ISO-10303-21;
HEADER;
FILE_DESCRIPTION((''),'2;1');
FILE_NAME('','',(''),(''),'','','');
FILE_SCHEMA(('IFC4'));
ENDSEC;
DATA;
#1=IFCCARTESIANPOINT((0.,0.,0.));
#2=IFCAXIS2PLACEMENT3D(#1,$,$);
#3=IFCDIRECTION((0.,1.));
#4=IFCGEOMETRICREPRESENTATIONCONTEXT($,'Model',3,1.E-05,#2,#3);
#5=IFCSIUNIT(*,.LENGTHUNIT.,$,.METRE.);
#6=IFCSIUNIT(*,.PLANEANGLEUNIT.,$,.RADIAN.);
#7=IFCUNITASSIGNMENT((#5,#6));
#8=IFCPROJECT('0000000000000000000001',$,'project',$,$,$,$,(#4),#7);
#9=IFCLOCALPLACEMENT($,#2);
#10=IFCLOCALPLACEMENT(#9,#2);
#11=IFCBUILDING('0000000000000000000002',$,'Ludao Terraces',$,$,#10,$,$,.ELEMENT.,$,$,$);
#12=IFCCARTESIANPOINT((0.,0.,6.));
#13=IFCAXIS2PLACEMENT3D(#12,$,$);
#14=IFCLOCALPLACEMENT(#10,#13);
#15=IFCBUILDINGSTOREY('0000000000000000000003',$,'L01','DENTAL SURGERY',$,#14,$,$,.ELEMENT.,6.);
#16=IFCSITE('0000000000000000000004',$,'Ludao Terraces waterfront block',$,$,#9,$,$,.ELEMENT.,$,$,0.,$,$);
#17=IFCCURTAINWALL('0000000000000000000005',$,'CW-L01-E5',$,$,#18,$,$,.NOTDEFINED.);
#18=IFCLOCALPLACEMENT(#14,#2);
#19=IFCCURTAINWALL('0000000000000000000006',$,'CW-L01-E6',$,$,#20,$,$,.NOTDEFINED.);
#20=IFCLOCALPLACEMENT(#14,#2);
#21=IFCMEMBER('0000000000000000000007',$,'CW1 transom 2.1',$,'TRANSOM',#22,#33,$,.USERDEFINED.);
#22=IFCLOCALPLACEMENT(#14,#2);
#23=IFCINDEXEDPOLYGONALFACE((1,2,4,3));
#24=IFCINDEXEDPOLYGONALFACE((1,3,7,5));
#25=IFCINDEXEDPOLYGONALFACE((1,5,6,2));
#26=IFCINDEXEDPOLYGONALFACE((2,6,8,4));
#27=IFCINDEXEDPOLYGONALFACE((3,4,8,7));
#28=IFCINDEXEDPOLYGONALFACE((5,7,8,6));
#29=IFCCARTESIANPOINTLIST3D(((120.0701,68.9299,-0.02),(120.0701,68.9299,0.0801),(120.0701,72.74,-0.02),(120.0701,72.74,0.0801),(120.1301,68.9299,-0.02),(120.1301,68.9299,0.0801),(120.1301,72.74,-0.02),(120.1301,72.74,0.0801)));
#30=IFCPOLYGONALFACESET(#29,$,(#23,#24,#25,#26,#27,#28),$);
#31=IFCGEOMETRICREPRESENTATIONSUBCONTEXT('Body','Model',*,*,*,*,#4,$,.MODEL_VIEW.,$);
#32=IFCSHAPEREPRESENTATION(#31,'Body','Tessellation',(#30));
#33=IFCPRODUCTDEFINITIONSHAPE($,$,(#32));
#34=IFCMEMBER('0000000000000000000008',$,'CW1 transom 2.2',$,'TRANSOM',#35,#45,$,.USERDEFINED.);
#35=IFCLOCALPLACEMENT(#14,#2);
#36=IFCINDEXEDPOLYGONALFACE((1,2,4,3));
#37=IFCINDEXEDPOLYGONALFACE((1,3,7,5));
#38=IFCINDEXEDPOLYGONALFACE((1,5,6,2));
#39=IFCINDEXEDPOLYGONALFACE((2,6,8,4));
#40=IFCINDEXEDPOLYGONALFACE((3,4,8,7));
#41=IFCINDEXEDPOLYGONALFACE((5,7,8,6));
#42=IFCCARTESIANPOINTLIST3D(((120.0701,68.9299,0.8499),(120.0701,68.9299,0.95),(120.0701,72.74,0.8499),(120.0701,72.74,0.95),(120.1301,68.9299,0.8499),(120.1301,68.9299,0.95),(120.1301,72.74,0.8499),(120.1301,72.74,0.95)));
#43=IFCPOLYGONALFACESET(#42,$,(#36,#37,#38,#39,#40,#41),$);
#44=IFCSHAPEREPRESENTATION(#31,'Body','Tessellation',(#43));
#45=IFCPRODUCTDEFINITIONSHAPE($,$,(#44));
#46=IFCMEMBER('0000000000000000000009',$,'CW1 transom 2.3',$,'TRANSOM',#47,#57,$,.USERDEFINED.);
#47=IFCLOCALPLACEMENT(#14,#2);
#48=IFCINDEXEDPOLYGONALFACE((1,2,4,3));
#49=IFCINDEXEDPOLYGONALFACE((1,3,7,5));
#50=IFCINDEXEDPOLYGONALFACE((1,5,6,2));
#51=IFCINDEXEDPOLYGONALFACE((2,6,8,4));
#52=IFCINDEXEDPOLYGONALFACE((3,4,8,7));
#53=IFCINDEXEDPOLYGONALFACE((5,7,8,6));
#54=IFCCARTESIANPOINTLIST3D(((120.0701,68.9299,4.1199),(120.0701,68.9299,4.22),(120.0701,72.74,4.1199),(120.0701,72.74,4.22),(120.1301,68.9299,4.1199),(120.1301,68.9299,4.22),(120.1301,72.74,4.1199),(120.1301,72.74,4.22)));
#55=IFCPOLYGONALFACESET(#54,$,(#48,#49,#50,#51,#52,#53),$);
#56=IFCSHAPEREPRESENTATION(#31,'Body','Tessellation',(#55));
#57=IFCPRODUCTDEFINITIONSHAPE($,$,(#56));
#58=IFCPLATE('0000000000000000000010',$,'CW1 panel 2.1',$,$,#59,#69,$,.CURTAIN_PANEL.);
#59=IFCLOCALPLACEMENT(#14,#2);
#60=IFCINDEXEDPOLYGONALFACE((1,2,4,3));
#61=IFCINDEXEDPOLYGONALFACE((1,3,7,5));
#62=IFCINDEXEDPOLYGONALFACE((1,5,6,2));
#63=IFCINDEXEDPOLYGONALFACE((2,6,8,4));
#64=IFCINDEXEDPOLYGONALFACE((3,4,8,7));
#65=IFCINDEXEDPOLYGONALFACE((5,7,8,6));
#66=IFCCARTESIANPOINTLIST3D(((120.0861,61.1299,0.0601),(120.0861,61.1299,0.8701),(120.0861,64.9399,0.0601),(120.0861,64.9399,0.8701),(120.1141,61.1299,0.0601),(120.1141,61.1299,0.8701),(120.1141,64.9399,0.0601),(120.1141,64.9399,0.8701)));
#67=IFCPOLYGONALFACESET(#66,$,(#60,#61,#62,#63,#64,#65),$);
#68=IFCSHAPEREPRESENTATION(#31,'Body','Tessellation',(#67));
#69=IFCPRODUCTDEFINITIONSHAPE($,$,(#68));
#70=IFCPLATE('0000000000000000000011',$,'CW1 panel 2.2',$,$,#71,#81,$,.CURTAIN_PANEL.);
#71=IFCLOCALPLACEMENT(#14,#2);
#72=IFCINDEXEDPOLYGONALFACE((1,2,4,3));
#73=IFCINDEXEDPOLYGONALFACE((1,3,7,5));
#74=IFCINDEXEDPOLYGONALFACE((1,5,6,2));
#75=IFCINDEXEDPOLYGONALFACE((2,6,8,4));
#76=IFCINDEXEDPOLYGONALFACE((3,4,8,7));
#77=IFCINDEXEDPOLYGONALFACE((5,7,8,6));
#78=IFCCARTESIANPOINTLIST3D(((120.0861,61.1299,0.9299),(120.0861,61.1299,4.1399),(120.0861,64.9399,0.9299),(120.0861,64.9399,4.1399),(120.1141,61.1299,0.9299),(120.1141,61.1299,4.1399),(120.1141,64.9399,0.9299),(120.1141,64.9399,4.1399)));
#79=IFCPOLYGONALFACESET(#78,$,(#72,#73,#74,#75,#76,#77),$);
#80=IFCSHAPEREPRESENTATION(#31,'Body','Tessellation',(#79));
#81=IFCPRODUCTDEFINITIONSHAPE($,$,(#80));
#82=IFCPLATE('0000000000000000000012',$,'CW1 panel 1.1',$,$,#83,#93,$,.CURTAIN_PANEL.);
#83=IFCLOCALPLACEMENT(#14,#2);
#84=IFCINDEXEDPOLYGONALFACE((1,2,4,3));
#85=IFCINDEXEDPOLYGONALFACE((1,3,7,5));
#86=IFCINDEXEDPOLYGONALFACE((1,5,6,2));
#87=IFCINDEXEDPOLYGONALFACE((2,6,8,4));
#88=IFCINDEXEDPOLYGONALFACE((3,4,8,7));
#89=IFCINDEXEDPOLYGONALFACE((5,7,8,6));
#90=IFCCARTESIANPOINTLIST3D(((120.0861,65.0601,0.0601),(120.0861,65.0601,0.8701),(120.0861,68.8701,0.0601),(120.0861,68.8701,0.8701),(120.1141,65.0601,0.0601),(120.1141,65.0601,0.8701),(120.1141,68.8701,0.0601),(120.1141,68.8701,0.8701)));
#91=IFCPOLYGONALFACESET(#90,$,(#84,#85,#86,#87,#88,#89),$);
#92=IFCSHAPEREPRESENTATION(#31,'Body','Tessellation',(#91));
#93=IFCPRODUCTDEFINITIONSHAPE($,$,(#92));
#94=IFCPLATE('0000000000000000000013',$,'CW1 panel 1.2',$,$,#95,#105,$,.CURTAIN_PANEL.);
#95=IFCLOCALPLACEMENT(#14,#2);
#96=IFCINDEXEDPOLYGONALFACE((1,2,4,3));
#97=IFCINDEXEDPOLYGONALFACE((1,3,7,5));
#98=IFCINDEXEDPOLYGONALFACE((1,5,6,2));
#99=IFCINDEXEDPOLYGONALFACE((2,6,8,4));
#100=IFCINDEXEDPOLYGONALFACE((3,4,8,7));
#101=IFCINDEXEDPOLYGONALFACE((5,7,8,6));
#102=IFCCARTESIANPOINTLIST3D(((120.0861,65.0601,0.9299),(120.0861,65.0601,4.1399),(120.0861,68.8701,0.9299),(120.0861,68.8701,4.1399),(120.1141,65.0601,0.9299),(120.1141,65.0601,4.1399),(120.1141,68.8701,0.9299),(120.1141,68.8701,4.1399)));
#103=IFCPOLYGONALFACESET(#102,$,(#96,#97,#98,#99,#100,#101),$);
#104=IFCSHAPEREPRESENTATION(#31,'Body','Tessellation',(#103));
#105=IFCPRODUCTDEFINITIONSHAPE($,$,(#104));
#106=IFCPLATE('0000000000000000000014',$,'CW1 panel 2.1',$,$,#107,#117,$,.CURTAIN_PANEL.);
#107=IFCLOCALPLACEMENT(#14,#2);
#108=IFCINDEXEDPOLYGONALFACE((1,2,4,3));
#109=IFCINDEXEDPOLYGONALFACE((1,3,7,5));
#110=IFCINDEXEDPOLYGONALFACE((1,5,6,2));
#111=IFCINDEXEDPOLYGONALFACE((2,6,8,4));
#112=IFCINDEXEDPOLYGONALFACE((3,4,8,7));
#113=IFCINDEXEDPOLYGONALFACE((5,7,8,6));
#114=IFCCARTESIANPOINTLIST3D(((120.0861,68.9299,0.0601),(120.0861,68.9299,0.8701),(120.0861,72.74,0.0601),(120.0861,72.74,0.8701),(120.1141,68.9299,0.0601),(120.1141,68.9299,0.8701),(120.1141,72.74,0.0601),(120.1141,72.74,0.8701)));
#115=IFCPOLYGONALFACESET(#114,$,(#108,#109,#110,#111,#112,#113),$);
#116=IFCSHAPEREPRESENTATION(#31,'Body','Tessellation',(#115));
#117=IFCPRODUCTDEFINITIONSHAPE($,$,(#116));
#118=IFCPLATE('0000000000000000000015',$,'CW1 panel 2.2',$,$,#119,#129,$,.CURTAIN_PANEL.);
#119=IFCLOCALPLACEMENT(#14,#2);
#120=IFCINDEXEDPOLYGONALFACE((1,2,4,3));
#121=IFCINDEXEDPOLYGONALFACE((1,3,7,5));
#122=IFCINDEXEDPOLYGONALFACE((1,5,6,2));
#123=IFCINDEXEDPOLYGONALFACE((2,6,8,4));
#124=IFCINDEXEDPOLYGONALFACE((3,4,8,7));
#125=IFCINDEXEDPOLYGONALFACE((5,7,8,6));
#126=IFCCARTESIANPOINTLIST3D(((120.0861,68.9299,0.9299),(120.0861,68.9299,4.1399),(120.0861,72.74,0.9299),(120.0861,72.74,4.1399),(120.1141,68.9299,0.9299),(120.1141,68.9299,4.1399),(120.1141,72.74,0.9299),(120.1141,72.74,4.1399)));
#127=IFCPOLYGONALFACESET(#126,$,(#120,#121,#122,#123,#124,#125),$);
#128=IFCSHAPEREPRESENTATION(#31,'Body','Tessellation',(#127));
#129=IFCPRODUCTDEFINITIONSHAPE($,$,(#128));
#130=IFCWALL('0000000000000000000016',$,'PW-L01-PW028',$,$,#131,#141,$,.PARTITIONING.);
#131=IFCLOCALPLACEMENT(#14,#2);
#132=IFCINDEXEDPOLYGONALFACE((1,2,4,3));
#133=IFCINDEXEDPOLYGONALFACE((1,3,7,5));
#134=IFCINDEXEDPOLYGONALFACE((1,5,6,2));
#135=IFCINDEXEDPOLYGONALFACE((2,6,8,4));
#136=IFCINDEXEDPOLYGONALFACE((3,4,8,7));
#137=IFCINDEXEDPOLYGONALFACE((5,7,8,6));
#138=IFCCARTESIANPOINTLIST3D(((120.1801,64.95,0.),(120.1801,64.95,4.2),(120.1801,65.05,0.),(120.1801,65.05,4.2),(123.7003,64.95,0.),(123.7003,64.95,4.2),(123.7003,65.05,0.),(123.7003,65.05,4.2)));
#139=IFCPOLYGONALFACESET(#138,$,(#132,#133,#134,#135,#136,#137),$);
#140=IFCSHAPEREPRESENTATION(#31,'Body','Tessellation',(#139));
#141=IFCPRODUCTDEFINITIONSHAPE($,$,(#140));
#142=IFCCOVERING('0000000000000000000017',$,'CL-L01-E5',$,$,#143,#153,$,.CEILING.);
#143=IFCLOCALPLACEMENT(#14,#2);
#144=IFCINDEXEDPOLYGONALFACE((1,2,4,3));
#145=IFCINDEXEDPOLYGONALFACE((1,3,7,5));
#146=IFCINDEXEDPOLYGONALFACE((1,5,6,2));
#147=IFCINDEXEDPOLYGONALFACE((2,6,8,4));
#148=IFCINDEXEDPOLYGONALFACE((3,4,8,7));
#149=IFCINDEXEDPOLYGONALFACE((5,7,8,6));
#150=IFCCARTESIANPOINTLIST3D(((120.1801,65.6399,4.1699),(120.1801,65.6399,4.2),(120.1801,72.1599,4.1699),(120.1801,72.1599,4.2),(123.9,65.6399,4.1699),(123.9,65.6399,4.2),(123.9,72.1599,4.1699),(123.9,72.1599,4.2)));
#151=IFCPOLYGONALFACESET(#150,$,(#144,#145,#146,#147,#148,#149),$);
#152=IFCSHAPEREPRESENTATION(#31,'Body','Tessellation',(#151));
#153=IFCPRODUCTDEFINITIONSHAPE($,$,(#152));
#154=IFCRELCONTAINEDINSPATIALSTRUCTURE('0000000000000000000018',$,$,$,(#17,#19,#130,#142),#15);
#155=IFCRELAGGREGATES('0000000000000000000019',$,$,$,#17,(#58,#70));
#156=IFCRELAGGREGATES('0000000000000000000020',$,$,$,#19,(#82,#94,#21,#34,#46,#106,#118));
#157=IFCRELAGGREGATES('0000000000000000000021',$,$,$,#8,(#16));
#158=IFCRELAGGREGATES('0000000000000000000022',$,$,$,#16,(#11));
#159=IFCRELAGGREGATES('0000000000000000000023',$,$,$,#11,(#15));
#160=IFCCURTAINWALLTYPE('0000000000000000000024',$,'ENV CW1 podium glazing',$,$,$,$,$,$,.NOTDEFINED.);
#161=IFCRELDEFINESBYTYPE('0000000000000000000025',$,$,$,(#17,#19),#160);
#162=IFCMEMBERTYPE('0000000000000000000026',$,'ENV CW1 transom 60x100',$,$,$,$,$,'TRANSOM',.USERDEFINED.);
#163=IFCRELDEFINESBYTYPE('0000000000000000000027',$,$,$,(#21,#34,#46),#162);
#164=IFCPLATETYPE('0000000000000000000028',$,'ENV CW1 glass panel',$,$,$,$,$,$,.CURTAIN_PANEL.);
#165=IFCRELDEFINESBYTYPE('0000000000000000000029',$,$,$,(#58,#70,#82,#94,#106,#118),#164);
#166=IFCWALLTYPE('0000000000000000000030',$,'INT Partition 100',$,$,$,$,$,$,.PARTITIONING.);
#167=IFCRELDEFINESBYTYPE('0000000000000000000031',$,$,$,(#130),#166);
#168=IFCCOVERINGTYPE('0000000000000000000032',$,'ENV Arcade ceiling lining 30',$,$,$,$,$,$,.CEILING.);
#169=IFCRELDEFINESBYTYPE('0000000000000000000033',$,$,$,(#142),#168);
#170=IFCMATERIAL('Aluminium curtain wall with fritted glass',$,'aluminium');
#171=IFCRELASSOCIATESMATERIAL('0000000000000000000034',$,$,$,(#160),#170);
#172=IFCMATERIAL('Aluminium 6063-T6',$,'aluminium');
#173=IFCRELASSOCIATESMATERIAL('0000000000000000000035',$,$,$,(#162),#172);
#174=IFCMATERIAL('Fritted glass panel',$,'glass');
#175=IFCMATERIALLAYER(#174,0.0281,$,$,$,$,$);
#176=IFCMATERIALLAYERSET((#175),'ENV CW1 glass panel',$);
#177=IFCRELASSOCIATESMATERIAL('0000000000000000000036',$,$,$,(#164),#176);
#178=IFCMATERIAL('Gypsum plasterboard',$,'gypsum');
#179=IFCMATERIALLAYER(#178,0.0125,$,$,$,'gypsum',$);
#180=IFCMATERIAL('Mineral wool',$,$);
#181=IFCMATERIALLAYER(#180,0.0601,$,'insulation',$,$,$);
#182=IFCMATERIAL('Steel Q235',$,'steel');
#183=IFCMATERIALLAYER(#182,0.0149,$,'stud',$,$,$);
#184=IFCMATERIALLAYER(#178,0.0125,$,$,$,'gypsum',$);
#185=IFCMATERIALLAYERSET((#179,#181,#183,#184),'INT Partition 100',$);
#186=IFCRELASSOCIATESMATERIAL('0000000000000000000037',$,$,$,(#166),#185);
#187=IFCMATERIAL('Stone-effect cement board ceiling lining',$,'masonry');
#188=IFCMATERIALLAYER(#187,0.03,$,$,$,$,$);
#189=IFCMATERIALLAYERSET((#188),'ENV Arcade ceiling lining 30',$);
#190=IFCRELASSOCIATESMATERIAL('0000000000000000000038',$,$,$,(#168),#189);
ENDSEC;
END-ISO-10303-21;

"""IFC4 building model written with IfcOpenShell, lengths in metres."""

from ifc_helpers import new_model, si_unit, direction, frame, frame_2d, origin, origin_2d, place, context, subcontext, project, spatial, rectangle, extrude, material, layer, layer_set, material_profile, profile_set, type_object, element, aggregate, save


model = new_model("IFC4")

# Units and contexts
model_context = context("Model", 3, precision=1e-05, world=origin(), true_north=direction((0.0, 1.0)))
body_context = subcontext(model_context, "Body", "Model", "MODEL_VIEW")
ifc_project = project(units=[si_unit("LENGTHUNIT", "METRE"), si_unit("PLANEANGLEUNIT", "RADIAN")], contexts=[model_context])

# Site, building, storey
site_placement = place(None, origin())
site = spatial("IfcSite", under=ifc_project, at=site_placement, Name="Ludao Terraces waterfront block", CompositionType="ELEMENT", RefElevation=0.0)
building_placement = place(site_placement, origin())
building = spatial("IfcBuilding", under=site, at=building_placement, Name="Ludao Terraces", CompositionType="ELEMENT")
storey_placement = place(building_placement, frame((0.0, 0.0, 6.0)))
storey = spatial("IfcBuildingStorey", under=building, at=storey_placement, Name="L01", Description="DENTAL SURGERY", CompositionType="ELEMENT", Elevation=6.0)

# Curtain wall
ifc_material_1 = material(Name="Aluminium curtain wall with fritted glass", Category="aluminium")
curtain_wall_type = type_object("IfcCurtainWallType", Name="ENV CW1 podium glazing", PredefinedType="NOTDEFINED", material=ifc_material_1)
curtain_wall_1_placement = place(storey_placement, origin())
curtain_wall_1 = element("IfcCurtainWall", 1, at=curtain_wall_1_placement, inside=storey, type_object=curtain_wall_type, Name="CW-L01-E5", PredefinedType="NOTDEFINED")
ifc_material_2 = material(Name="Aluminium 6063-T6", Category="aluminium")

# Curtain wall, members
curtain_wall_2_placement = place(storey_placement, origin())
curtain_wall_2 = element("IfcCurtainWall", 2, at=curtain_wall_2_placement, inside=storey, type_object=curtain_wall_type, Name="CW-L01-E6", PredefinedType="NOTDEFINED")
ifc_material_profile_1 = material_profile(ifc_material_2, rectangle(XDim=0.0601, YDim=0.1001, at=origin_2d()), Name="60 X 100")
ifc_profile_set_1 = profile_set([ifc_material_profile_1], Name="Aluminium 6063-T6")
member_type_1 = type_object("IfcMemberType", Name="ENV CW1 transom 60x100", ElementType="TRANSOM", PredefinedType="USERDEFINED", material=ifc_profile_set_1)
member_1_placement = place(storey_placement, frame((120.1001, 68.9299, 0.03), z_axis=(0.0, 1.0, 0.0), x_axis=(-1.0, 0.0, 0.0)))
member_1 = element("IfcMember", 3, at=member_1_placement, type_object=member_type_1, Name="CW1 transom 2.1", ObjectType="TRANSOM", PredefinedType="USERDEFINED", context=body_context, shape_type="SweptSolid", body=[
    extrude(rectangle(XDim=0.0601, YDim=0.1001, at=origin_2d()), origin(), (0.0, 0.0, 1.0), 3.8101),
])
member_2_placement = place(storey_placement, frame((120.1001, 68.9299, 0.8999), z_axis=(0.0, 1.0, 0.0), x_axis=(-1.0, 0.0, 0.0)))
member_2 = element("IfcMember", 4, at=member_2_placement, type_object=member_type_1, Name="CW1 transom 2.2", ObjectType="TRANSOM", PredefinedType="USERDEFINED", context=body_context, shape_type="SweptSolid", body=[
    extrude(rectangle(XDim=0.0601, YDim=0.1001, at=origin_2d()), origin(), (0.0, 0.0, 1.0), 3.8101),
])
member_3_placement = place(storey_placement, frame((120.1001, 68.9299, 4.1699), z_axis=(0.0, 1.0, 0.0), x_axis=(-1.0, 0.0, 0.0)))
member_3 = element("IfcMember", 5, at=member_3_placement, type_object=member_type_1, Name="CW1 transom 2.3", ObjectType="TRANSOM", PredefinedType="USERDEFINED", context=body_context, shape_type="SweptSolid", body=[
    extrude(rectangle(XDim=0.0601, YDim=0.1001, at=origin_2d()), origin(), (0.0, 0.0, 1.0), 3.8101),
])

# Plates
ifc_material_3 = material(Name="Fritted glass panel", Category="glass")
ifc_layer_1 = layer(ifc_material_3, 0.0281)
ifc_layer_set_1 = layer_set([ifc_layer_1], Name="ENV CW1 glass panel")
plate_type = type_object("IfcPlateType", Name="ENV CW1 glass panel", PredefinedType="CURTAIN_PANEL", material=ifc_layer_set_1)
plate_1_placement = place(storey_placement, frame((120.1001, 63.0349, 0.0601), z_axis=(0.0, 0.0, 1.0), x_axis=(0.0, 1.0, 0.0)))
plate_1 = element("IfcPlate", 6, at=plate_1_placement, type_object=plate_type, Name="CW1 panel 2.1", PredefinedType="CURTAIN_PANEL", context=body_context, shape_type="SweptSolid", body=[
    extrude(rectangle(XDim=3.8101, YDim=0.0281, at=origin_2d()), origin(), (0.0, 0.0, 1.0), 0.8101),
])
plate_2_placement = place(storey_placement, frame((120.1001, 63.0349, 0.9299), z_axis=(0.0, 0.0, 1.0), x_axis=(0.0, 1.0, 0.0)))
plate_2 = element("IfcPlate", 7, at=plate_2_placement, type_object=plate_type, Name="CW1 panel 2.2", PredefinedType="CURTAIN_PANEL", context=body_context, shape_type="SweptSolid", body=[
    extrude(rectangle(XDim=3.8101, YDim=0.0281, at=origin_2d()), origin(), (0.0, 0.0, 1.0), 3.21),
])
aggregate(curtain_wall_1, [plate_1, plate_2])
plate_3_placement = place(storey_placement, frame((120.1001, 66.9651, 0.0601), z_axis=(0.0, 0.0, 1.0), x_axis=(0.0, 1.0, 0.0)))
plate_3 = element("IfcPlate", 8, at=plate_3_placement, type_object=plate_type, Name="CW1 panel 1.1", PredefinedType="CURTAIN_PANEL", context=body_context, shape_type="SweptSolid", body=[
    extrude(rectangle(XDim=3.8101, YDim=0.0281, at=origin_2d()), origin(), (0.0, 0.0, 1.0), 0.8101),
])
plate_4_placement = place(storey_placement, frame((120.1001, 66.9651, 0.9299), z_axis=(0.0, 0.0, 1.0), x_axis=(0.0, 1.0, 0.0)))
plate_4 = element("IfcPlate", 9, at=plate_4_placement, type_object=plate_type, Name="CW1 panel 1.2", PredefinedType="CURTAIN_PANEL", context=body_context, shape_type="SweptSolid", body=[
    extrude(rectangle(XDim=3.8101, YDim=0.0281, at=origin_2d()), origin(), (0.0, 0.0, 1.0), 3.21),
])
plate_5_placement = place(storey_placement, frame((120.1001, 70.835, 0.0601), z_axis=(0.0, 0.0, 1.0), x_axis=(0.0, 1.0, 0.0)))
plate_5 = element("IfcPlate", 10, at=plate_5_placement, type_object=plate_type, Name="CW1 panel 2.1", PredefinedType="CURTAIN_PANEL", context=body_context, shape_type="SweptSolid", body=[
    extrude(rectangle(XDim=3.8101, YDim=0.0281, at=origin_2d()), origin(), (0.0, 0.0, 1.0), 0.8101),
])
plate_6_placement = place(storey_placement, frame((120.1001, 70.835, 0.9299), z_axis=(0.0, 0.0, 1.0), x_axis=(0.0, 1.0, 0.0)))
plate_6 = element("IfcPlate", 11, at=plate_6_placement, type_object=plate_type, Name="CW1 panel 2.2", PredefinedType="CURTAIN_PANEL", context=body_context, shape_type="SweptSolid", body=[
    extrude(rectangle(XDim=3.8101, YDim=0.0281, at=origin_2d()), origin(), (0.0, 0.0, 1.0), 3.21),
])
aggregate(curtain_wall_2, [plate_3, plate_4, member_1, member_2, member_3, plate_5, plate_6])

# Wall
ifc_material_4 = material(Name="Gypsum plasterboard", Category="gypsum")
ifc_layer_2 = layer(ifc_material_4, 0.0125, Category="gypsum")
ifc_material_5 = material(Name="Mineral wool")
ifc_layer_3 = layer(ifc_material_5, 0.0601, Name="insulation")
ifc_material_6 = material(Name="Steel Q235", Category="steel")
ifc_layer_4 = layer(ifc_material_6, 0.0149, Name="stud")
ifc_layer_5 = layer(ifc_material_4, 0.0125, Category="gypsum")
ifc_layer_set_2 = layer_set([ifc_layer_2, ifc_layer_3, ifc_layer_4, ifc_layer_5], Name="INT Partition 100")
wall_type = type_object("IfcWallType", Name="INT Partition 100", PredefinedType="PARTITIONING", material=ifc_layer_set_2)
wall_placement = place(storey_placement, frame((120.1799, 65.0, 0.0), z_axis=(0.0, 0.0, 1.0), x_axis=(1.0, 0.0, 0.0)))
element("IfcWall", 12, at=wall_placement, inside=storey, type_object=wall_type, Name="PW-L01-PW028", PredefinedType="PARTITIONING", context=body_context, shape_type="SweptSolid", body=[
    extrude(rectangle(XDim=3.5203, YDim=0.1001, at=frame_2d((1.7603, 0.0))), origin(), (0.0, 0.0, 1.0), 4.2),
])

# Covering
ifc_material_7 = material(Name="Stone-effect cement board ceiling lining", Category="masonry")
ifc_layer_6 = layer(ifc_material_7, 0.03)
ifc_layer_set_3 = layer_set([ifc_layer_6], Name="ENV Arcade ceiling lining 30")
covering_type = type_object("IfcCoveringType", Name="ENV Arcade ceiling lining 30", PredefinedType="CEILING", material=ifc_layer_set_3)
covering_placement = place(storey_placement, frame((122.04, 68.8999, 4.1699), z_axis=(0.0, 0.0, 1.0), x_axis=(1.0, 0.0, 0.0)))
element("IfcCovering", 13, at=covering_placement, inside=storey, type_object=covering_type, Name="CL-L01-E5", PredefinedType="CEILING", context=body_context, shape_type="SweptSolid", body=[
    extrude(rectangle(XDim=3.72, YDim=6.52, at=origin_2d()), origin(), (0.0, 0.0, 1.0), 0.03),
])

save(model, "model.ifc")
